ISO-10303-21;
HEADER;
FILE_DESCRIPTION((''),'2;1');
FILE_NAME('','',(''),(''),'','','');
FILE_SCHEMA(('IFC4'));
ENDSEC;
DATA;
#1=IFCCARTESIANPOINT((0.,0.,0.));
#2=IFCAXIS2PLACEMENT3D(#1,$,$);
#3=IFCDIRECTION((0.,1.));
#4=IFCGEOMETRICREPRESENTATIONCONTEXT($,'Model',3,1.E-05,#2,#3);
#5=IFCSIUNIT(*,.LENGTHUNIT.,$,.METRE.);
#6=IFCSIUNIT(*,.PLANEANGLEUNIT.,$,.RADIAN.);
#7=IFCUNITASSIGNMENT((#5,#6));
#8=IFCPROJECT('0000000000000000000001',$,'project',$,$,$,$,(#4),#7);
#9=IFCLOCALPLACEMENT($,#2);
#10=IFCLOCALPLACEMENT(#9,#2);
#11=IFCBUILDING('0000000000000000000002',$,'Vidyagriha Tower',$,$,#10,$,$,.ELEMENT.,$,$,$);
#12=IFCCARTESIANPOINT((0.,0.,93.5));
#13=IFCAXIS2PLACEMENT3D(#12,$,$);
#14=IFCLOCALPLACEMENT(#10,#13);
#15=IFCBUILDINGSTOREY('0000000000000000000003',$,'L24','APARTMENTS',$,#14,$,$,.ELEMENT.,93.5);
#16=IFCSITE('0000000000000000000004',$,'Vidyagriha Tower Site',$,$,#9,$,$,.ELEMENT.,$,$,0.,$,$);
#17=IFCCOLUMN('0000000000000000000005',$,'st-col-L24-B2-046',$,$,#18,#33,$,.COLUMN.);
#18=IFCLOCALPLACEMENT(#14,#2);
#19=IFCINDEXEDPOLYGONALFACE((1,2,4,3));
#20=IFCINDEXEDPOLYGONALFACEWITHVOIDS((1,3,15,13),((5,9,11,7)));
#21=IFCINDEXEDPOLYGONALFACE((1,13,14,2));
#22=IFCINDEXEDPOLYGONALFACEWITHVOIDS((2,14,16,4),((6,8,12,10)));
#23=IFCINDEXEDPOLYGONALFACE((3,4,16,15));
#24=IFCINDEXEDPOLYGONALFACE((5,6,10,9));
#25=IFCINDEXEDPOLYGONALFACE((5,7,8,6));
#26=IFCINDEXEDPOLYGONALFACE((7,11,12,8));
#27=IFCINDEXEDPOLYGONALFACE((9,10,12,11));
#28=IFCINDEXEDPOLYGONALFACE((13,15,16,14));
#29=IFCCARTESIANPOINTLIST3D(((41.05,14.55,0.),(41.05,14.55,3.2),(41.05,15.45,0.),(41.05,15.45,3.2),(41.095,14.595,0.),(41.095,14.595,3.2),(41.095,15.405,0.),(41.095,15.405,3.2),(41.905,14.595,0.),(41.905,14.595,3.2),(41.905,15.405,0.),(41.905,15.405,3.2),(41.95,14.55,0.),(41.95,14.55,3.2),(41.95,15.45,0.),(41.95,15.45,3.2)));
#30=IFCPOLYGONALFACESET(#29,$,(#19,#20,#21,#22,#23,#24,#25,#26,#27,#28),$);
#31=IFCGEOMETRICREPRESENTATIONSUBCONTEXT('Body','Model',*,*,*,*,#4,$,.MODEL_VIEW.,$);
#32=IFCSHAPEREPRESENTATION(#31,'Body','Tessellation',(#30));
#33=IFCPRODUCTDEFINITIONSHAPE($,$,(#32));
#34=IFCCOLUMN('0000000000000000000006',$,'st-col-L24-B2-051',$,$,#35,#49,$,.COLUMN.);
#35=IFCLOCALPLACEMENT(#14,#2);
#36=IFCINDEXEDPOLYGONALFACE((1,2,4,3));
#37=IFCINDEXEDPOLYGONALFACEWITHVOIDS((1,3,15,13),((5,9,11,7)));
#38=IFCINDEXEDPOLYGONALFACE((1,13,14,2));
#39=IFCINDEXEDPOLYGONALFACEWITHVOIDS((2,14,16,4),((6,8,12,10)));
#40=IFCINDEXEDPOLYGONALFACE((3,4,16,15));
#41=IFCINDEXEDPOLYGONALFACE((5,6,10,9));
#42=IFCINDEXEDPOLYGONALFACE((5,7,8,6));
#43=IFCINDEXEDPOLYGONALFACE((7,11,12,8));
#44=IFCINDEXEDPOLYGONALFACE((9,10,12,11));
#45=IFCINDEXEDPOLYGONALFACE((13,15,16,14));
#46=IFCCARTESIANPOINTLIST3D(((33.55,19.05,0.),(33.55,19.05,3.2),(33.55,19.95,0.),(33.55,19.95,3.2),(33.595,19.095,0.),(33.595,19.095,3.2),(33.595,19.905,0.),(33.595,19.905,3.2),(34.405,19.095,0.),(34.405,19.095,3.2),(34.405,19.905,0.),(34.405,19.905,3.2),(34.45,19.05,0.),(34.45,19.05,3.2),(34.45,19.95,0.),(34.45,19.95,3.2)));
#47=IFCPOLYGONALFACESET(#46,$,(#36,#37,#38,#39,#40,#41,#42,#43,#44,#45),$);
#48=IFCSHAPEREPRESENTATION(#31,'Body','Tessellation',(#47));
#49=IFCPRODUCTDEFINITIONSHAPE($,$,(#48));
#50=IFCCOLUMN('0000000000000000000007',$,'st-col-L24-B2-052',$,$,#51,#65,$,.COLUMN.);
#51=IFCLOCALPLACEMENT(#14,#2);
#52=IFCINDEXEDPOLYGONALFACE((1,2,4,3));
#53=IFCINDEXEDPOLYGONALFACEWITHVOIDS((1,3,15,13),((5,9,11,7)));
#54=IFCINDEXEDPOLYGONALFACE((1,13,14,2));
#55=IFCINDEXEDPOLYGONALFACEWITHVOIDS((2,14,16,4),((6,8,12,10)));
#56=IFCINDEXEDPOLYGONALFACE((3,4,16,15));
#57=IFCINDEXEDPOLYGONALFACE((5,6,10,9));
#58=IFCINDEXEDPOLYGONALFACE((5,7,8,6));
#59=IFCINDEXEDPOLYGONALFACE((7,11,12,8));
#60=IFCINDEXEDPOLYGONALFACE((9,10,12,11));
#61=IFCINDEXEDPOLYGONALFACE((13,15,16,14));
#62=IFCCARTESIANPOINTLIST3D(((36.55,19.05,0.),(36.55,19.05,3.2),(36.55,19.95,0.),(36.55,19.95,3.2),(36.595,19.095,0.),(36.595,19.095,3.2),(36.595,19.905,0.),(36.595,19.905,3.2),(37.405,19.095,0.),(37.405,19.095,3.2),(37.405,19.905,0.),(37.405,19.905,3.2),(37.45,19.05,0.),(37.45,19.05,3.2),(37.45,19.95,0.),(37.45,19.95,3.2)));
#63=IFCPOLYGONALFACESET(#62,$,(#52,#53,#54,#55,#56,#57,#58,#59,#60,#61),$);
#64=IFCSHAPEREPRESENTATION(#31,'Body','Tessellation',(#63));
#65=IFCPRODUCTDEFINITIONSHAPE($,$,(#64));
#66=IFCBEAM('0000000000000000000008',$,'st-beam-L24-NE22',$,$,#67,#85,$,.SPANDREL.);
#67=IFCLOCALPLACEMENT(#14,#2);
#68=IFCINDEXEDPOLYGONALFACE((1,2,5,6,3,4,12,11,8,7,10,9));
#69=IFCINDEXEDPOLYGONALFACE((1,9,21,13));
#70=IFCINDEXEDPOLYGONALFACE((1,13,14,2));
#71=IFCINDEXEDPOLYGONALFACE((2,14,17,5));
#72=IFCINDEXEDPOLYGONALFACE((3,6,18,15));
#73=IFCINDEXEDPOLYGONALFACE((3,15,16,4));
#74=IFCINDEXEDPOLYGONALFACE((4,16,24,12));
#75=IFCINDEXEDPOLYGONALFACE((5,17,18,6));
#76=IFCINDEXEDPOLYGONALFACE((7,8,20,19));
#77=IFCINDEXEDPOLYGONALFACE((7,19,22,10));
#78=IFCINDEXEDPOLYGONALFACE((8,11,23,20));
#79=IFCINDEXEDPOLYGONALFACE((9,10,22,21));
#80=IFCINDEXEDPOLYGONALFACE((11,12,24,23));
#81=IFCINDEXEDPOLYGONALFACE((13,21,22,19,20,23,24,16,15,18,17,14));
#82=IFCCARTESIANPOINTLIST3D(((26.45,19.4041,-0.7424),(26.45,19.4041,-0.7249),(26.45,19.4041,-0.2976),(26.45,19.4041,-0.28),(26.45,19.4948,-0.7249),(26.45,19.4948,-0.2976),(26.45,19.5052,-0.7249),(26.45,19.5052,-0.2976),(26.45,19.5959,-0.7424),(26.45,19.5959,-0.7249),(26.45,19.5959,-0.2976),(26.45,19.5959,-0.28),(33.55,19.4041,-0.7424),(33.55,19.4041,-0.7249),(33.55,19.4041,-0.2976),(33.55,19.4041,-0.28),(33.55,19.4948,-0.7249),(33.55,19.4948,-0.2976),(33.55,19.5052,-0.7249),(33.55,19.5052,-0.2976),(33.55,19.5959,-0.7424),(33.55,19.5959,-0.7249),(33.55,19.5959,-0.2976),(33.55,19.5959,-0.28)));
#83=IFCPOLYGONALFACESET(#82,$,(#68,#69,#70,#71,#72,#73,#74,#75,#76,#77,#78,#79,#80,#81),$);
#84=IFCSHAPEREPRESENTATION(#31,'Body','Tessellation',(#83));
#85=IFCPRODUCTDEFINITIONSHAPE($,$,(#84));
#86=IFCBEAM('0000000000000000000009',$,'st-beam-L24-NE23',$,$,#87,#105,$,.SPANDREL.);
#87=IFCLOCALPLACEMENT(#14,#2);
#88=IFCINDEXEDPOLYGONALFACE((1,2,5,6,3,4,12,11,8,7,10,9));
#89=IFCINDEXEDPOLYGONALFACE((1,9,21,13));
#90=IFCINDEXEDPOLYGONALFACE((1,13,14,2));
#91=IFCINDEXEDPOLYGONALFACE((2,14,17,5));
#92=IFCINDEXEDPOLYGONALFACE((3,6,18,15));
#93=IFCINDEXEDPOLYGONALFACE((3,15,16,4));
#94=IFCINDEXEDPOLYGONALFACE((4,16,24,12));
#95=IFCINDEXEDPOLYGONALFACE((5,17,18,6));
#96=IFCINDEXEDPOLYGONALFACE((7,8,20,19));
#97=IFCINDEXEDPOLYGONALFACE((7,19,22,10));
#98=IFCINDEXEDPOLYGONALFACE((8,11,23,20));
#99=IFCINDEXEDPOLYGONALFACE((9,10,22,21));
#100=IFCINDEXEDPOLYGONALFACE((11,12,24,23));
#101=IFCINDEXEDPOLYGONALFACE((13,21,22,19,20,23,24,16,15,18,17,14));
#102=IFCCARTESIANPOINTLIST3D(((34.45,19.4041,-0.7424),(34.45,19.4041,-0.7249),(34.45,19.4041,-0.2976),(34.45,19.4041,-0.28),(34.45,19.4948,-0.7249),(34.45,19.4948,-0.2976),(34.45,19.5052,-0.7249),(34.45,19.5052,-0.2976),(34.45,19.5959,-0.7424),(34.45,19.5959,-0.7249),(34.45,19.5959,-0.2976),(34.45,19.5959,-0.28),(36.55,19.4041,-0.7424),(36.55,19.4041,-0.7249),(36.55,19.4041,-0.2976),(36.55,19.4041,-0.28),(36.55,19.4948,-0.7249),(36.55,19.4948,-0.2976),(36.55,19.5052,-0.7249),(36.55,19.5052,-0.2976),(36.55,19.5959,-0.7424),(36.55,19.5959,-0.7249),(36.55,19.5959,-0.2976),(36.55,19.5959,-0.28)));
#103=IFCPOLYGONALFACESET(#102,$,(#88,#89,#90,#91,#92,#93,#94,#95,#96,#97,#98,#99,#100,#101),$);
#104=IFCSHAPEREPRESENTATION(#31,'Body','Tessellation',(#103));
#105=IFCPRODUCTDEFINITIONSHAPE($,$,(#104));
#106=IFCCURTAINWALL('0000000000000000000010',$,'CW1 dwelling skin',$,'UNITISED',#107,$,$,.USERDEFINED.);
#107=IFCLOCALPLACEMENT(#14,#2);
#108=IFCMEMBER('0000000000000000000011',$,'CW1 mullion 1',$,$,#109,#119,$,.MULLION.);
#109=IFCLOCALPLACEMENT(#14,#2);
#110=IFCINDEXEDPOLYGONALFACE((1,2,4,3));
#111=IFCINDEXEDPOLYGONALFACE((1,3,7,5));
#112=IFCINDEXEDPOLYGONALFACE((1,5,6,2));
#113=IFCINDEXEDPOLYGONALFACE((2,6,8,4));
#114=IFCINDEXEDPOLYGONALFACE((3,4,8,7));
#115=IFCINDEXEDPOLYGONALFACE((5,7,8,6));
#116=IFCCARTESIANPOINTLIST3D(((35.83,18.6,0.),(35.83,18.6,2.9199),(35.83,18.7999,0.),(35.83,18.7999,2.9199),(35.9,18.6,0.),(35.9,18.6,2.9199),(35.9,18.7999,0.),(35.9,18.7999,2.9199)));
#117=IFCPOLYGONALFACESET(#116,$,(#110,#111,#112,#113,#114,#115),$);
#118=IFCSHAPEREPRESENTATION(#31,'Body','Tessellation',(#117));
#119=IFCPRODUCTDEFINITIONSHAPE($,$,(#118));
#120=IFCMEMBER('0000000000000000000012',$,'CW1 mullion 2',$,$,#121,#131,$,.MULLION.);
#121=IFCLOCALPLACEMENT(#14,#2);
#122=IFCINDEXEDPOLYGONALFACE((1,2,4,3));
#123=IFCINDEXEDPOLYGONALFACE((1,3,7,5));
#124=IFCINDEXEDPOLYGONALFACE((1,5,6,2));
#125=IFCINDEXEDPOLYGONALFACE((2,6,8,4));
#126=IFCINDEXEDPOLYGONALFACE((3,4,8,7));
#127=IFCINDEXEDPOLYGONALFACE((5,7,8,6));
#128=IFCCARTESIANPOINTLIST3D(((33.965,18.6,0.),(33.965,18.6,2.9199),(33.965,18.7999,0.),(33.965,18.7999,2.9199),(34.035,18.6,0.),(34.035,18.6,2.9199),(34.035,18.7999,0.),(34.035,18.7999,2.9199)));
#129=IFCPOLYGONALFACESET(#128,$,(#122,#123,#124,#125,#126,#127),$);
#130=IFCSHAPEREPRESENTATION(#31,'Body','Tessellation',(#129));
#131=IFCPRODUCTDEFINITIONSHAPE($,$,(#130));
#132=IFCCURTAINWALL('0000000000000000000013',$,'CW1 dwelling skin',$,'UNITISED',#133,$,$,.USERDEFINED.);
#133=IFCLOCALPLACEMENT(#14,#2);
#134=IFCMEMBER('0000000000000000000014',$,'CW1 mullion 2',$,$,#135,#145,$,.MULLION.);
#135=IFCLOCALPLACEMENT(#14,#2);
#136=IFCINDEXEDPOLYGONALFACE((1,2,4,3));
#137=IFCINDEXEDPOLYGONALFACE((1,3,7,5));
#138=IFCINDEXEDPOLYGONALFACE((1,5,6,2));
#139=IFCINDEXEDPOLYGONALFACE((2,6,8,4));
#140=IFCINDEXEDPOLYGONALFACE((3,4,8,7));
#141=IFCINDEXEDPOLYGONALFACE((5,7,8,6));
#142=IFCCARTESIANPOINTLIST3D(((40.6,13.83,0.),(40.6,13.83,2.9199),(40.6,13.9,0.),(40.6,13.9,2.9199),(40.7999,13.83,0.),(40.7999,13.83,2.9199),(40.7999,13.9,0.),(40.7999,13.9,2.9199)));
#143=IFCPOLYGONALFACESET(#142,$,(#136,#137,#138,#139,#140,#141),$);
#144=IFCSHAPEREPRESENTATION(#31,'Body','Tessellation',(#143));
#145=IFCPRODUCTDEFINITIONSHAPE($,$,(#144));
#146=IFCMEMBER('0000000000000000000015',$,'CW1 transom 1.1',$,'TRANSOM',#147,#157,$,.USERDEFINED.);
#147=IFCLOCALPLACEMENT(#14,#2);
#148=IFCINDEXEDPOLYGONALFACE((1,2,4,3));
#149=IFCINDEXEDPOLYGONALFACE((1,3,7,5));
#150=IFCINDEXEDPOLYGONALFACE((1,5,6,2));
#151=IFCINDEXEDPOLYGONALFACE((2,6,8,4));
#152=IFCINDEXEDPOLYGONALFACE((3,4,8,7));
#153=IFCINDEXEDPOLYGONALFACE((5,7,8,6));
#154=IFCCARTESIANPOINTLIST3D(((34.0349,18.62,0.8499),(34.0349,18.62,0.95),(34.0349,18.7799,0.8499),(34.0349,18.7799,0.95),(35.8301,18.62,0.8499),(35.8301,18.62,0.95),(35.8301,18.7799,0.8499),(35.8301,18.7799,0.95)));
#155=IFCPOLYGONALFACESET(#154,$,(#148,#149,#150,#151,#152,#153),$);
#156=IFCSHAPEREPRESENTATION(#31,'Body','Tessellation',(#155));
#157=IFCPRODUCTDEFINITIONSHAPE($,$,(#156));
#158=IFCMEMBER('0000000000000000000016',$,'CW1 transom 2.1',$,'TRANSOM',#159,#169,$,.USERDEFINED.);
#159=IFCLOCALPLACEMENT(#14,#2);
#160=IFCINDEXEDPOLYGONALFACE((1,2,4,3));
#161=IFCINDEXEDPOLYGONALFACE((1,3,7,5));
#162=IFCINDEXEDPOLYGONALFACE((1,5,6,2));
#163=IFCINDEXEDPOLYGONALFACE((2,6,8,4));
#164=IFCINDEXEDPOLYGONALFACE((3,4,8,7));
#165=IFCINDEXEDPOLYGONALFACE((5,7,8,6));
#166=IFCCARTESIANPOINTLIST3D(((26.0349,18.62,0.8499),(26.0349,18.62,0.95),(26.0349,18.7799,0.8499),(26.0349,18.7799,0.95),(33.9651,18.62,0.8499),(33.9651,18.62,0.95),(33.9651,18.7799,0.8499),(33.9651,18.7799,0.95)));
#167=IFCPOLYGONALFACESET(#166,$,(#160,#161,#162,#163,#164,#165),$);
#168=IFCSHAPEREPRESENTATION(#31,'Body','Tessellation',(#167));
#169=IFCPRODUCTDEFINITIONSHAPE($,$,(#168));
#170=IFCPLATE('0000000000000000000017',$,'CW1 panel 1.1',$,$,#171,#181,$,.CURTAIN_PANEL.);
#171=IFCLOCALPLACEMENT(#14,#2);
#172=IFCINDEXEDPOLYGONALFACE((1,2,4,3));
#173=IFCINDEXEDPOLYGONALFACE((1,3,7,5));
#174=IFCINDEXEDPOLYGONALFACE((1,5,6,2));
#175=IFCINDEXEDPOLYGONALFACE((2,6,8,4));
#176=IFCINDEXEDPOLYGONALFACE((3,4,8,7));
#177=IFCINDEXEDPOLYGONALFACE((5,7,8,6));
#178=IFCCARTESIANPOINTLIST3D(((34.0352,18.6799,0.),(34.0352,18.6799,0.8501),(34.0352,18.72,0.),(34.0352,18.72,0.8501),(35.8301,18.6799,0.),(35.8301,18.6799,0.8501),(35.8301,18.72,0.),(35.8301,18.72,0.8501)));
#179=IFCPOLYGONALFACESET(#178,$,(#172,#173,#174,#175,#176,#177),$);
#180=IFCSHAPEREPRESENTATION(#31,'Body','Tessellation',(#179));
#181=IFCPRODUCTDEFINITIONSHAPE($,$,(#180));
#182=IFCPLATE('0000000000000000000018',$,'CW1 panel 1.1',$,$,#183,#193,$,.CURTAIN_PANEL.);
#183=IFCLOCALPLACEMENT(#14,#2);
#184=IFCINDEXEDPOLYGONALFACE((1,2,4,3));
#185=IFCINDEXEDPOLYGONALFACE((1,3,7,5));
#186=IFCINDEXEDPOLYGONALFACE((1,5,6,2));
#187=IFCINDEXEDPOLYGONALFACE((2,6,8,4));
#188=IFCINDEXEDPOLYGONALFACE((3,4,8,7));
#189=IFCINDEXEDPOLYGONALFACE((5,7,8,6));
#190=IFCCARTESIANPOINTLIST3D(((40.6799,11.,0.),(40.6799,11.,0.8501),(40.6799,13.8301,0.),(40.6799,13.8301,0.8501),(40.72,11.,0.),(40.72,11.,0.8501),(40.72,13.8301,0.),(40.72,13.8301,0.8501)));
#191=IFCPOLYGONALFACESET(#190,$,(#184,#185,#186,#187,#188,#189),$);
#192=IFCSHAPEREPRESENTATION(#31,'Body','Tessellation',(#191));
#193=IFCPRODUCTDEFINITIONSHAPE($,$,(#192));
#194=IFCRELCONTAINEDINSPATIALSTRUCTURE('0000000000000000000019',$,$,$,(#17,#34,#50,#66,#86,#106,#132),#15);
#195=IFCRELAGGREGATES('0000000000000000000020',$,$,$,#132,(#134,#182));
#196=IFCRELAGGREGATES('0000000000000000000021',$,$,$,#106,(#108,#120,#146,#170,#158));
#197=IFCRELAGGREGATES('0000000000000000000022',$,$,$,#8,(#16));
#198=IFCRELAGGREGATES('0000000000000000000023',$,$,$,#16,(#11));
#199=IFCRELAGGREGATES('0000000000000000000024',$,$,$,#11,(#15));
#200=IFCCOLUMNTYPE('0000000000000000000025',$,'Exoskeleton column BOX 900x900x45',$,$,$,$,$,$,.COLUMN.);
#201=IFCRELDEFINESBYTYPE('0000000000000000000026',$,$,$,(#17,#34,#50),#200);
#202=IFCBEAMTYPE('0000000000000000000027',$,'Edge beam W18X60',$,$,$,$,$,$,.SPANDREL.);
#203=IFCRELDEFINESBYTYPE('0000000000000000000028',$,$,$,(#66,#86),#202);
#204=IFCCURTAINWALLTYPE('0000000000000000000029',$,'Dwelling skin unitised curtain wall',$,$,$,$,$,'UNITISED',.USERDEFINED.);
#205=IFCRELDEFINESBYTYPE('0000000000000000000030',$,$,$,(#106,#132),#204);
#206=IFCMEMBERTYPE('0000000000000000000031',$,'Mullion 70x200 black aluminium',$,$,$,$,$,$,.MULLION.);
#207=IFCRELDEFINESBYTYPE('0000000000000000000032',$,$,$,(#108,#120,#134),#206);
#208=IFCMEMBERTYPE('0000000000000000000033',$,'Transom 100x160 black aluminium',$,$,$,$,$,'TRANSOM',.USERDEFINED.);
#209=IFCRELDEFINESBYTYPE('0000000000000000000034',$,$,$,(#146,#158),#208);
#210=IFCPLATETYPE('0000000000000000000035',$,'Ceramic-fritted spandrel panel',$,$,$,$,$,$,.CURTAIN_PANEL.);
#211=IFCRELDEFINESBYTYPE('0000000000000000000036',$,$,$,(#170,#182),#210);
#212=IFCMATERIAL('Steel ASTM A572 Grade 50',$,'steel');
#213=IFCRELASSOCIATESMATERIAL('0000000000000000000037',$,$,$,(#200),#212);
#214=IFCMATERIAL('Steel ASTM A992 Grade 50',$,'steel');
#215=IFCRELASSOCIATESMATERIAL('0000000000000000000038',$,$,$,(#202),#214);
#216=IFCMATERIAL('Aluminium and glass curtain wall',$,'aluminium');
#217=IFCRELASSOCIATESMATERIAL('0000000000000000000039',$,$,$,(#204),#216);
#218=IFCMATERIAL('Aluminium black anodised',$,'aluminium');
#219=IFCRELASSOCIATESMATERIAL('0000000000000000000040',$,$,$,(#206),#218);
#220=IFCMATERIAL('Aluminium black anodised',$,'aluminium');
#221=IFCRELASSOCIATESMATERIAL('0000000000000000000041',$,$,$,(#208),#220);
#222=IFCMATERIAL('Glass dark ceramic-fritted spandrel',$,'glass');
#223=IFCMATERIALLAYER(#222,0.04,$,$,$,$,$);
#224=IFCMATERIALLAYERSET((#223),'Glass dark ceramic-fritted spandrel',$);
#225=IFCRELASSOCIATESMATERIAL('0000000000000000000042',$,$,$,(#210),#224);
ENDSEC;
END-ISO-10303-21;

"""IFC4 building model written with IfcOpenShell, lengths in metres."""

from ifc_helpers import new_model, si_unit, direction, frame, origin, origin_2d, place, context, subcontext, project, spatial, rectangle, hollow_rectangle, i_section, extrude, material, layer, layer_set, material_profile, profile_set, type_object, element, aggregate, save


model = new_model("IFC4")

# Units and contexts
model_context = context("Model", 3, precision=1e-05, world=origin(), true_north=direction((0.0, 1.0)))
body_context = subcontext(model_context, "Body", "Model", "MODEL_VIEW")
ifc_project = project(units=[si_unit("LENGTHUNIT", "METRE"), si_unit("PLANEANGLEUNIT", "RADIAN")], contexts=[model_context])

# Site, building, storey
site_placement = place(None, origin())
site = spatial("IfcSite", under=ifc_project, at=site_placement, Name="Vidyagriha Tower Site", CompositionType="ELEMENT", RefElevation=0.0)
building_placement = place(site_placement, origin())
building = spatial("IfcBuilding", under=site, at=building_placement, Name="Vidyagriha Tower", CompositionType="ELEMENT")
storey_placement = place(building_placement, frame((0.0, 0.0, 93.5)))
storey = spatial("IfcBuildingStorey", under=building, at=storey_placement, Name="L24", Description="APARTMENTS", CompositionType="ELEMENT", Elevation=93.5)

# Columns
ifc_material_1 = material(Name="Steel ASTM A572 Grade 50", Category="steel")
ifc_material_profile_1 = material_profile(ifc_material_1, hollow_rectangle(XDim=0.8999, YDim=0.8999, WallThickness=0.0449, at=origin_2d()), Name="BOX 900x900x45")
ifc_profile_set_1 = profile_set([ifc_material_profile_1], Name="Steel ASTM A572 Grade 50")
column_type = type_object("IfcColumnType", Name="Exoskeleton column BOX 900x900x45", PredefinedType="COLUMN", material=ifc_profile_set_1)
for number, where, name in (
    (1, (41.5, 15.0, 0.0), "st-col-L24-B2-046"),
    (2, (34.0, 19.5, 0.0), "st-col-L24-B2-051"),
    (3, (37.0, 19.5, 0.0), "st-col-L24-B2-052"),
):
    element("IfcColumn", number, at=place(storey_placement, frame(where)), inside=storey, type_object=column_type, Name=name, PredefinedType="COLUMN", context=body_context, shape_type="SweptSolid", body=[
        extrude(hollow_rectangle(XDim=0.8999, YDim=0.8999, WallThickness=0.0449, at=origin_2d()), origin(), (0.0, 0.0, 1.0), 3.2),
    ])

# Beams
ifc_material_2 = material(Name="Steel ASTM A992 Grade 50", Category="steel")
ifc_material_profile_2 = material_profile(ifc_material_2, i_section(OverallWidth=0.1919, OverallDepth=0.4624, WebThickness=0.0105, FlangeThickness=0.0176, at=origin_2d()), Name="W18X60")
ifc_profile_set_2 = profile_set([ifc_material_profile_2], Name="Steel ASTM A992 Grade 50")
beam_type = type_object("IfcBeamType", Name="Edge beam W18X60", PredefinedType="SPANDREL", material=ifc_profile_set_2)
beam_1_placement = place(storey_placement, frame((26.45, 19.5, -0.5112), z_axis=(1.0, 0.0, 0.0), x_axis=(0.0, 1.0, 0.0)))
element("IfcBeam", 4, at=beam_1_placement, inside=storey, type_object=beam_type, Name="st-beam-L24-NE22", PredefinedType="SPANDREL", context=body_context, shape_type="SweptSolid", body=[
    extrude(i_section(OverallWidth=0.1919, OverallDepth=0.4624, WebThickness=0.0105, FlangeThickness=0.0176, at=origin_2d()), origin(), (0.0, 0.0, 1.0), 7.1001),
])
beam_2_placement = place(storey_placement, frame((34.45, 19.5, -0.5112), z_axis=(1.0, 0.0, 0.0), x_axis=(0.0, 1.0, 0.0)))
element("IfcBeam", 5, at=beam_2_placement, inside=storey, type_object=beam_type, Name="st-beam-L24-NE23", PredefinedType="SPANDREL", context=body_context, shape_type="SweptSolid", body=[
    extrude(i_section(OverallWidth=0.1919, OverallDepth=0.4624, WebThickness=0.0105, FlangeThickness=0.0176, at=origin_2d()), origin(), (0.0, 0.0, 1.0), 2.1001),
])

# Curtain wall, members
ifc_material_3 = material(Name="Aluminium and glass curtain wall", Category="aluminium")
curtain_wall_type = type_object("IfcCurtainWallType", Name="Dwelling skin unitised curtain wall", ElementType="UNITISED", PredefinedType="USERDEFINED", material=ifc_material_3)
curtain_wall_1_placement = place(storey_placement, origin())
curtain_wall_1 = element("IfcCurtainWall", 6, at=curtain_wall_1_placement, inside=storey, type_object=curtain_wall_type, Name="CW1 dwelling skin", ObjectType="UNITISED", PredefinedType="USERDEFINED")
ifc_material_4 = material(Name="Aluminium black anodised", Category="aluminium")
ifc_material_profile_3 = material_profile(ifc_material_4, rectangle(XDim=0.2, YDim=0.0701, at=origin_2d()), Name="Mullion 70x200 black aluminium")
ifc_profile_set_3 = profile_set([ifc_material_profile_3], Name="Aluminium black anodised")
member_type_1 = type_object("IfcMemberType", Name="Mullion 70x200 black aluminium", PredefinedType="MULLION", material=ifc_profile_set_3)
member_1_placement = place(storey_placement, frame((35.865, 18.7, 0.0), z_axis=(0.0, 0.0, 1.0), x_axis=(0.0, -1.0, 0.0)))
member_1 = element("IfcMember", 7, at=member_1_placement, type_object=member_type_1, Name="CW1 mullion 1", PredefinedType="MULLION", context=body_context, shape_type="SweptSolid", body=[
    extrude(rectangle(XDim=0.2, YDim=0.0701, at=origin_2d()), origin(), (0.0, 0.0, 1.0), 2.9199),
])
member_2_placement = place(storey_placement, frame((34.0, 18.7, 0.0), z_axis=(0.0, 0.0, 1.0), x_axis=(0.0, -1.0, 0.0)))
member_2 = element("IfcMember", 8, at=member_2_placement, type_object=member_type_1, Name="CW1 mullion 2", PredefinedType="MULLION", context=body_context, shape_type="SweptSolid", body=[
    extrude(rectangle(XDim=0.2, YDim=0.0701, at=origin_2d()), origin(), (0.0, 0.0, 1.0), 2.9199),
])

# Curtain wall, member
curtain_wall_2_placement = place(storey_placement, origin())
curtain_wall_2 = element("IfcCurtainWall", 9, at=curtain_wall_2_placement, inside=storey, type_object=curtain_wall_type, Name="CW1 dwelling skin", ObjectType="UNITISED", PredefinedType="USERDEFINED")
member_3_placement = place(storey_placement, frame((40.7, 13.865, 0.0), z_axis=(0.0, 0.0, 1.0), x_axis=(-1.0, 0.0, 0.0)))
member_3 = element("IfcMember", 10, at=member_3_placement, type_object=member_type_1, Name="CW1 mullion 2", PredefinedType="MULLION", context=body_context, shape_type="SweptSolid", body=[
    extrude(rectangle(XDim=0.2, YDim=0.0701, at=origin_2d()), origin(), (0.0, 0.0, 1.0), 2.9199),
])

# Members
ifc_material_5 = material(Name="Aluminium black anodised", Category="aluminium")
ifc_material_profile_4 = material_profile(ifc_material_5, rectangle(XDim=0.1599, YDim=0.1001, at=origin_2d()), Name="Transom 100x160 black aluminium")
ifc_profile_set_4 = profile_set([ifc_material_profile_4], Name="Aluminium black anodised")
member_type_2 = type_object("IfcMemberType", Name="Transom 100x160 black aluminium", ElementType="TRANSOM", PredefinedType="USERDEFINED", material=ifc_profile_set_4)
member_4_placement = place(storey_placement, frame((35.8301, 18.7, 0.8999), z_axis=(-1.0, 0.0, 0.0), x_axis=(0.0, -1.0, 0.0)))
member_4 = element("IfcMember", 11, at=member_4_placement, type_object=member_type_2, Name="CW1 transom 1.1", ObjectType="TRANSOM", PredefinedType="USERDEFINED", context=body_context, shape_type="SweptSolid", body=[
    extrude(rectangle(XDim=0.1599, YDim=0.1001, at=origin_2d()), origin(), (0.0, 0.0, 1.0), 1.7952),
])
member_5_placement = place(storey_placement, frame((33.9651, 18.7, 0.8999), z_axis=(-1.0, 0.0, 0.0), x_axis=(0.0, -1.0, 0.0)))
member_5 = element("IfcMember", 12, at=member_5_placement, type_object=member_type_2, Name="CW1 transom 2.1", ObjectType="TRANSOM", PredefinedType="USERDEFINED", context=body_context, shape_type="SweptSolid", body=[
    extrude(rectangle(XDim=0.1599, YDim=0.1001, at=origin_2d()), origin(), (0.0, 0.0, 1.0), 7.9302),
])

# Plates
ifc_material_6 = material(Name="Glass dark ceramic-fritted spandrel", Category="glass")
ifc_layer_1 = layer(ifc_material_6, 0.04)
ifc_layer_set_1 = layer_set([ifc_layer_1], Name="Glass dark ceramic-fritted spandrel")
plate_type_1 = type_object("IfcPlateType", Name="Ceramic-fritted spandrel panel", PredefinedType="CURTAIN_PANEL", material=ifc_layer_set_1)
plate_1_placement = place(storey_placement, frame((34.9326, 18.7, 0.0), z_axis=(0.0, 0.0, 1.0), x_axis=(-1.0, 0.0, 0.0)))
plate_1 = element("IfcPlate", 13, at=plate_1_placement, type_object=plate_type_1, Name="CW1 panel 1.1", PredefinedType="CURTAIN_PANEL", context=body_context, shape_type="SweptSolid", body=[
    extrude(rectangle(XDim=1.7949, YDim=0.04, at=origin_2d()), origin(), (0.0, 0.0, 1.0), 0.8501),
])
plate_2_placement = place(storey_placement, frame((40.7, 12.415, 0.0), z_axis=(0.0, 0.0, 1.0), x_axis=(0.0, 1.0, 0.0)))
plate_2 = element("IfcPlate", 14, at=plate_2_placement, type_object=plate_type_1, Name="CW1 panel 1.1", PredefinedType="CURTAIN_PANEL", context=body_context, shape_type="SweptSolid", body=[
    extrude(rectangle(XDim=2.8301, YDim=0.04, at=origin_2d()), origin(), (0.0, 0.0, 1.0), 0.8501),
])
aggregate(curtain_wall_2, [member_3, plate_2])
aggregate(curtain_wall_1, [member_1, member_2, member_4, plate_1, member_5])

save(model, "model.ifc")
